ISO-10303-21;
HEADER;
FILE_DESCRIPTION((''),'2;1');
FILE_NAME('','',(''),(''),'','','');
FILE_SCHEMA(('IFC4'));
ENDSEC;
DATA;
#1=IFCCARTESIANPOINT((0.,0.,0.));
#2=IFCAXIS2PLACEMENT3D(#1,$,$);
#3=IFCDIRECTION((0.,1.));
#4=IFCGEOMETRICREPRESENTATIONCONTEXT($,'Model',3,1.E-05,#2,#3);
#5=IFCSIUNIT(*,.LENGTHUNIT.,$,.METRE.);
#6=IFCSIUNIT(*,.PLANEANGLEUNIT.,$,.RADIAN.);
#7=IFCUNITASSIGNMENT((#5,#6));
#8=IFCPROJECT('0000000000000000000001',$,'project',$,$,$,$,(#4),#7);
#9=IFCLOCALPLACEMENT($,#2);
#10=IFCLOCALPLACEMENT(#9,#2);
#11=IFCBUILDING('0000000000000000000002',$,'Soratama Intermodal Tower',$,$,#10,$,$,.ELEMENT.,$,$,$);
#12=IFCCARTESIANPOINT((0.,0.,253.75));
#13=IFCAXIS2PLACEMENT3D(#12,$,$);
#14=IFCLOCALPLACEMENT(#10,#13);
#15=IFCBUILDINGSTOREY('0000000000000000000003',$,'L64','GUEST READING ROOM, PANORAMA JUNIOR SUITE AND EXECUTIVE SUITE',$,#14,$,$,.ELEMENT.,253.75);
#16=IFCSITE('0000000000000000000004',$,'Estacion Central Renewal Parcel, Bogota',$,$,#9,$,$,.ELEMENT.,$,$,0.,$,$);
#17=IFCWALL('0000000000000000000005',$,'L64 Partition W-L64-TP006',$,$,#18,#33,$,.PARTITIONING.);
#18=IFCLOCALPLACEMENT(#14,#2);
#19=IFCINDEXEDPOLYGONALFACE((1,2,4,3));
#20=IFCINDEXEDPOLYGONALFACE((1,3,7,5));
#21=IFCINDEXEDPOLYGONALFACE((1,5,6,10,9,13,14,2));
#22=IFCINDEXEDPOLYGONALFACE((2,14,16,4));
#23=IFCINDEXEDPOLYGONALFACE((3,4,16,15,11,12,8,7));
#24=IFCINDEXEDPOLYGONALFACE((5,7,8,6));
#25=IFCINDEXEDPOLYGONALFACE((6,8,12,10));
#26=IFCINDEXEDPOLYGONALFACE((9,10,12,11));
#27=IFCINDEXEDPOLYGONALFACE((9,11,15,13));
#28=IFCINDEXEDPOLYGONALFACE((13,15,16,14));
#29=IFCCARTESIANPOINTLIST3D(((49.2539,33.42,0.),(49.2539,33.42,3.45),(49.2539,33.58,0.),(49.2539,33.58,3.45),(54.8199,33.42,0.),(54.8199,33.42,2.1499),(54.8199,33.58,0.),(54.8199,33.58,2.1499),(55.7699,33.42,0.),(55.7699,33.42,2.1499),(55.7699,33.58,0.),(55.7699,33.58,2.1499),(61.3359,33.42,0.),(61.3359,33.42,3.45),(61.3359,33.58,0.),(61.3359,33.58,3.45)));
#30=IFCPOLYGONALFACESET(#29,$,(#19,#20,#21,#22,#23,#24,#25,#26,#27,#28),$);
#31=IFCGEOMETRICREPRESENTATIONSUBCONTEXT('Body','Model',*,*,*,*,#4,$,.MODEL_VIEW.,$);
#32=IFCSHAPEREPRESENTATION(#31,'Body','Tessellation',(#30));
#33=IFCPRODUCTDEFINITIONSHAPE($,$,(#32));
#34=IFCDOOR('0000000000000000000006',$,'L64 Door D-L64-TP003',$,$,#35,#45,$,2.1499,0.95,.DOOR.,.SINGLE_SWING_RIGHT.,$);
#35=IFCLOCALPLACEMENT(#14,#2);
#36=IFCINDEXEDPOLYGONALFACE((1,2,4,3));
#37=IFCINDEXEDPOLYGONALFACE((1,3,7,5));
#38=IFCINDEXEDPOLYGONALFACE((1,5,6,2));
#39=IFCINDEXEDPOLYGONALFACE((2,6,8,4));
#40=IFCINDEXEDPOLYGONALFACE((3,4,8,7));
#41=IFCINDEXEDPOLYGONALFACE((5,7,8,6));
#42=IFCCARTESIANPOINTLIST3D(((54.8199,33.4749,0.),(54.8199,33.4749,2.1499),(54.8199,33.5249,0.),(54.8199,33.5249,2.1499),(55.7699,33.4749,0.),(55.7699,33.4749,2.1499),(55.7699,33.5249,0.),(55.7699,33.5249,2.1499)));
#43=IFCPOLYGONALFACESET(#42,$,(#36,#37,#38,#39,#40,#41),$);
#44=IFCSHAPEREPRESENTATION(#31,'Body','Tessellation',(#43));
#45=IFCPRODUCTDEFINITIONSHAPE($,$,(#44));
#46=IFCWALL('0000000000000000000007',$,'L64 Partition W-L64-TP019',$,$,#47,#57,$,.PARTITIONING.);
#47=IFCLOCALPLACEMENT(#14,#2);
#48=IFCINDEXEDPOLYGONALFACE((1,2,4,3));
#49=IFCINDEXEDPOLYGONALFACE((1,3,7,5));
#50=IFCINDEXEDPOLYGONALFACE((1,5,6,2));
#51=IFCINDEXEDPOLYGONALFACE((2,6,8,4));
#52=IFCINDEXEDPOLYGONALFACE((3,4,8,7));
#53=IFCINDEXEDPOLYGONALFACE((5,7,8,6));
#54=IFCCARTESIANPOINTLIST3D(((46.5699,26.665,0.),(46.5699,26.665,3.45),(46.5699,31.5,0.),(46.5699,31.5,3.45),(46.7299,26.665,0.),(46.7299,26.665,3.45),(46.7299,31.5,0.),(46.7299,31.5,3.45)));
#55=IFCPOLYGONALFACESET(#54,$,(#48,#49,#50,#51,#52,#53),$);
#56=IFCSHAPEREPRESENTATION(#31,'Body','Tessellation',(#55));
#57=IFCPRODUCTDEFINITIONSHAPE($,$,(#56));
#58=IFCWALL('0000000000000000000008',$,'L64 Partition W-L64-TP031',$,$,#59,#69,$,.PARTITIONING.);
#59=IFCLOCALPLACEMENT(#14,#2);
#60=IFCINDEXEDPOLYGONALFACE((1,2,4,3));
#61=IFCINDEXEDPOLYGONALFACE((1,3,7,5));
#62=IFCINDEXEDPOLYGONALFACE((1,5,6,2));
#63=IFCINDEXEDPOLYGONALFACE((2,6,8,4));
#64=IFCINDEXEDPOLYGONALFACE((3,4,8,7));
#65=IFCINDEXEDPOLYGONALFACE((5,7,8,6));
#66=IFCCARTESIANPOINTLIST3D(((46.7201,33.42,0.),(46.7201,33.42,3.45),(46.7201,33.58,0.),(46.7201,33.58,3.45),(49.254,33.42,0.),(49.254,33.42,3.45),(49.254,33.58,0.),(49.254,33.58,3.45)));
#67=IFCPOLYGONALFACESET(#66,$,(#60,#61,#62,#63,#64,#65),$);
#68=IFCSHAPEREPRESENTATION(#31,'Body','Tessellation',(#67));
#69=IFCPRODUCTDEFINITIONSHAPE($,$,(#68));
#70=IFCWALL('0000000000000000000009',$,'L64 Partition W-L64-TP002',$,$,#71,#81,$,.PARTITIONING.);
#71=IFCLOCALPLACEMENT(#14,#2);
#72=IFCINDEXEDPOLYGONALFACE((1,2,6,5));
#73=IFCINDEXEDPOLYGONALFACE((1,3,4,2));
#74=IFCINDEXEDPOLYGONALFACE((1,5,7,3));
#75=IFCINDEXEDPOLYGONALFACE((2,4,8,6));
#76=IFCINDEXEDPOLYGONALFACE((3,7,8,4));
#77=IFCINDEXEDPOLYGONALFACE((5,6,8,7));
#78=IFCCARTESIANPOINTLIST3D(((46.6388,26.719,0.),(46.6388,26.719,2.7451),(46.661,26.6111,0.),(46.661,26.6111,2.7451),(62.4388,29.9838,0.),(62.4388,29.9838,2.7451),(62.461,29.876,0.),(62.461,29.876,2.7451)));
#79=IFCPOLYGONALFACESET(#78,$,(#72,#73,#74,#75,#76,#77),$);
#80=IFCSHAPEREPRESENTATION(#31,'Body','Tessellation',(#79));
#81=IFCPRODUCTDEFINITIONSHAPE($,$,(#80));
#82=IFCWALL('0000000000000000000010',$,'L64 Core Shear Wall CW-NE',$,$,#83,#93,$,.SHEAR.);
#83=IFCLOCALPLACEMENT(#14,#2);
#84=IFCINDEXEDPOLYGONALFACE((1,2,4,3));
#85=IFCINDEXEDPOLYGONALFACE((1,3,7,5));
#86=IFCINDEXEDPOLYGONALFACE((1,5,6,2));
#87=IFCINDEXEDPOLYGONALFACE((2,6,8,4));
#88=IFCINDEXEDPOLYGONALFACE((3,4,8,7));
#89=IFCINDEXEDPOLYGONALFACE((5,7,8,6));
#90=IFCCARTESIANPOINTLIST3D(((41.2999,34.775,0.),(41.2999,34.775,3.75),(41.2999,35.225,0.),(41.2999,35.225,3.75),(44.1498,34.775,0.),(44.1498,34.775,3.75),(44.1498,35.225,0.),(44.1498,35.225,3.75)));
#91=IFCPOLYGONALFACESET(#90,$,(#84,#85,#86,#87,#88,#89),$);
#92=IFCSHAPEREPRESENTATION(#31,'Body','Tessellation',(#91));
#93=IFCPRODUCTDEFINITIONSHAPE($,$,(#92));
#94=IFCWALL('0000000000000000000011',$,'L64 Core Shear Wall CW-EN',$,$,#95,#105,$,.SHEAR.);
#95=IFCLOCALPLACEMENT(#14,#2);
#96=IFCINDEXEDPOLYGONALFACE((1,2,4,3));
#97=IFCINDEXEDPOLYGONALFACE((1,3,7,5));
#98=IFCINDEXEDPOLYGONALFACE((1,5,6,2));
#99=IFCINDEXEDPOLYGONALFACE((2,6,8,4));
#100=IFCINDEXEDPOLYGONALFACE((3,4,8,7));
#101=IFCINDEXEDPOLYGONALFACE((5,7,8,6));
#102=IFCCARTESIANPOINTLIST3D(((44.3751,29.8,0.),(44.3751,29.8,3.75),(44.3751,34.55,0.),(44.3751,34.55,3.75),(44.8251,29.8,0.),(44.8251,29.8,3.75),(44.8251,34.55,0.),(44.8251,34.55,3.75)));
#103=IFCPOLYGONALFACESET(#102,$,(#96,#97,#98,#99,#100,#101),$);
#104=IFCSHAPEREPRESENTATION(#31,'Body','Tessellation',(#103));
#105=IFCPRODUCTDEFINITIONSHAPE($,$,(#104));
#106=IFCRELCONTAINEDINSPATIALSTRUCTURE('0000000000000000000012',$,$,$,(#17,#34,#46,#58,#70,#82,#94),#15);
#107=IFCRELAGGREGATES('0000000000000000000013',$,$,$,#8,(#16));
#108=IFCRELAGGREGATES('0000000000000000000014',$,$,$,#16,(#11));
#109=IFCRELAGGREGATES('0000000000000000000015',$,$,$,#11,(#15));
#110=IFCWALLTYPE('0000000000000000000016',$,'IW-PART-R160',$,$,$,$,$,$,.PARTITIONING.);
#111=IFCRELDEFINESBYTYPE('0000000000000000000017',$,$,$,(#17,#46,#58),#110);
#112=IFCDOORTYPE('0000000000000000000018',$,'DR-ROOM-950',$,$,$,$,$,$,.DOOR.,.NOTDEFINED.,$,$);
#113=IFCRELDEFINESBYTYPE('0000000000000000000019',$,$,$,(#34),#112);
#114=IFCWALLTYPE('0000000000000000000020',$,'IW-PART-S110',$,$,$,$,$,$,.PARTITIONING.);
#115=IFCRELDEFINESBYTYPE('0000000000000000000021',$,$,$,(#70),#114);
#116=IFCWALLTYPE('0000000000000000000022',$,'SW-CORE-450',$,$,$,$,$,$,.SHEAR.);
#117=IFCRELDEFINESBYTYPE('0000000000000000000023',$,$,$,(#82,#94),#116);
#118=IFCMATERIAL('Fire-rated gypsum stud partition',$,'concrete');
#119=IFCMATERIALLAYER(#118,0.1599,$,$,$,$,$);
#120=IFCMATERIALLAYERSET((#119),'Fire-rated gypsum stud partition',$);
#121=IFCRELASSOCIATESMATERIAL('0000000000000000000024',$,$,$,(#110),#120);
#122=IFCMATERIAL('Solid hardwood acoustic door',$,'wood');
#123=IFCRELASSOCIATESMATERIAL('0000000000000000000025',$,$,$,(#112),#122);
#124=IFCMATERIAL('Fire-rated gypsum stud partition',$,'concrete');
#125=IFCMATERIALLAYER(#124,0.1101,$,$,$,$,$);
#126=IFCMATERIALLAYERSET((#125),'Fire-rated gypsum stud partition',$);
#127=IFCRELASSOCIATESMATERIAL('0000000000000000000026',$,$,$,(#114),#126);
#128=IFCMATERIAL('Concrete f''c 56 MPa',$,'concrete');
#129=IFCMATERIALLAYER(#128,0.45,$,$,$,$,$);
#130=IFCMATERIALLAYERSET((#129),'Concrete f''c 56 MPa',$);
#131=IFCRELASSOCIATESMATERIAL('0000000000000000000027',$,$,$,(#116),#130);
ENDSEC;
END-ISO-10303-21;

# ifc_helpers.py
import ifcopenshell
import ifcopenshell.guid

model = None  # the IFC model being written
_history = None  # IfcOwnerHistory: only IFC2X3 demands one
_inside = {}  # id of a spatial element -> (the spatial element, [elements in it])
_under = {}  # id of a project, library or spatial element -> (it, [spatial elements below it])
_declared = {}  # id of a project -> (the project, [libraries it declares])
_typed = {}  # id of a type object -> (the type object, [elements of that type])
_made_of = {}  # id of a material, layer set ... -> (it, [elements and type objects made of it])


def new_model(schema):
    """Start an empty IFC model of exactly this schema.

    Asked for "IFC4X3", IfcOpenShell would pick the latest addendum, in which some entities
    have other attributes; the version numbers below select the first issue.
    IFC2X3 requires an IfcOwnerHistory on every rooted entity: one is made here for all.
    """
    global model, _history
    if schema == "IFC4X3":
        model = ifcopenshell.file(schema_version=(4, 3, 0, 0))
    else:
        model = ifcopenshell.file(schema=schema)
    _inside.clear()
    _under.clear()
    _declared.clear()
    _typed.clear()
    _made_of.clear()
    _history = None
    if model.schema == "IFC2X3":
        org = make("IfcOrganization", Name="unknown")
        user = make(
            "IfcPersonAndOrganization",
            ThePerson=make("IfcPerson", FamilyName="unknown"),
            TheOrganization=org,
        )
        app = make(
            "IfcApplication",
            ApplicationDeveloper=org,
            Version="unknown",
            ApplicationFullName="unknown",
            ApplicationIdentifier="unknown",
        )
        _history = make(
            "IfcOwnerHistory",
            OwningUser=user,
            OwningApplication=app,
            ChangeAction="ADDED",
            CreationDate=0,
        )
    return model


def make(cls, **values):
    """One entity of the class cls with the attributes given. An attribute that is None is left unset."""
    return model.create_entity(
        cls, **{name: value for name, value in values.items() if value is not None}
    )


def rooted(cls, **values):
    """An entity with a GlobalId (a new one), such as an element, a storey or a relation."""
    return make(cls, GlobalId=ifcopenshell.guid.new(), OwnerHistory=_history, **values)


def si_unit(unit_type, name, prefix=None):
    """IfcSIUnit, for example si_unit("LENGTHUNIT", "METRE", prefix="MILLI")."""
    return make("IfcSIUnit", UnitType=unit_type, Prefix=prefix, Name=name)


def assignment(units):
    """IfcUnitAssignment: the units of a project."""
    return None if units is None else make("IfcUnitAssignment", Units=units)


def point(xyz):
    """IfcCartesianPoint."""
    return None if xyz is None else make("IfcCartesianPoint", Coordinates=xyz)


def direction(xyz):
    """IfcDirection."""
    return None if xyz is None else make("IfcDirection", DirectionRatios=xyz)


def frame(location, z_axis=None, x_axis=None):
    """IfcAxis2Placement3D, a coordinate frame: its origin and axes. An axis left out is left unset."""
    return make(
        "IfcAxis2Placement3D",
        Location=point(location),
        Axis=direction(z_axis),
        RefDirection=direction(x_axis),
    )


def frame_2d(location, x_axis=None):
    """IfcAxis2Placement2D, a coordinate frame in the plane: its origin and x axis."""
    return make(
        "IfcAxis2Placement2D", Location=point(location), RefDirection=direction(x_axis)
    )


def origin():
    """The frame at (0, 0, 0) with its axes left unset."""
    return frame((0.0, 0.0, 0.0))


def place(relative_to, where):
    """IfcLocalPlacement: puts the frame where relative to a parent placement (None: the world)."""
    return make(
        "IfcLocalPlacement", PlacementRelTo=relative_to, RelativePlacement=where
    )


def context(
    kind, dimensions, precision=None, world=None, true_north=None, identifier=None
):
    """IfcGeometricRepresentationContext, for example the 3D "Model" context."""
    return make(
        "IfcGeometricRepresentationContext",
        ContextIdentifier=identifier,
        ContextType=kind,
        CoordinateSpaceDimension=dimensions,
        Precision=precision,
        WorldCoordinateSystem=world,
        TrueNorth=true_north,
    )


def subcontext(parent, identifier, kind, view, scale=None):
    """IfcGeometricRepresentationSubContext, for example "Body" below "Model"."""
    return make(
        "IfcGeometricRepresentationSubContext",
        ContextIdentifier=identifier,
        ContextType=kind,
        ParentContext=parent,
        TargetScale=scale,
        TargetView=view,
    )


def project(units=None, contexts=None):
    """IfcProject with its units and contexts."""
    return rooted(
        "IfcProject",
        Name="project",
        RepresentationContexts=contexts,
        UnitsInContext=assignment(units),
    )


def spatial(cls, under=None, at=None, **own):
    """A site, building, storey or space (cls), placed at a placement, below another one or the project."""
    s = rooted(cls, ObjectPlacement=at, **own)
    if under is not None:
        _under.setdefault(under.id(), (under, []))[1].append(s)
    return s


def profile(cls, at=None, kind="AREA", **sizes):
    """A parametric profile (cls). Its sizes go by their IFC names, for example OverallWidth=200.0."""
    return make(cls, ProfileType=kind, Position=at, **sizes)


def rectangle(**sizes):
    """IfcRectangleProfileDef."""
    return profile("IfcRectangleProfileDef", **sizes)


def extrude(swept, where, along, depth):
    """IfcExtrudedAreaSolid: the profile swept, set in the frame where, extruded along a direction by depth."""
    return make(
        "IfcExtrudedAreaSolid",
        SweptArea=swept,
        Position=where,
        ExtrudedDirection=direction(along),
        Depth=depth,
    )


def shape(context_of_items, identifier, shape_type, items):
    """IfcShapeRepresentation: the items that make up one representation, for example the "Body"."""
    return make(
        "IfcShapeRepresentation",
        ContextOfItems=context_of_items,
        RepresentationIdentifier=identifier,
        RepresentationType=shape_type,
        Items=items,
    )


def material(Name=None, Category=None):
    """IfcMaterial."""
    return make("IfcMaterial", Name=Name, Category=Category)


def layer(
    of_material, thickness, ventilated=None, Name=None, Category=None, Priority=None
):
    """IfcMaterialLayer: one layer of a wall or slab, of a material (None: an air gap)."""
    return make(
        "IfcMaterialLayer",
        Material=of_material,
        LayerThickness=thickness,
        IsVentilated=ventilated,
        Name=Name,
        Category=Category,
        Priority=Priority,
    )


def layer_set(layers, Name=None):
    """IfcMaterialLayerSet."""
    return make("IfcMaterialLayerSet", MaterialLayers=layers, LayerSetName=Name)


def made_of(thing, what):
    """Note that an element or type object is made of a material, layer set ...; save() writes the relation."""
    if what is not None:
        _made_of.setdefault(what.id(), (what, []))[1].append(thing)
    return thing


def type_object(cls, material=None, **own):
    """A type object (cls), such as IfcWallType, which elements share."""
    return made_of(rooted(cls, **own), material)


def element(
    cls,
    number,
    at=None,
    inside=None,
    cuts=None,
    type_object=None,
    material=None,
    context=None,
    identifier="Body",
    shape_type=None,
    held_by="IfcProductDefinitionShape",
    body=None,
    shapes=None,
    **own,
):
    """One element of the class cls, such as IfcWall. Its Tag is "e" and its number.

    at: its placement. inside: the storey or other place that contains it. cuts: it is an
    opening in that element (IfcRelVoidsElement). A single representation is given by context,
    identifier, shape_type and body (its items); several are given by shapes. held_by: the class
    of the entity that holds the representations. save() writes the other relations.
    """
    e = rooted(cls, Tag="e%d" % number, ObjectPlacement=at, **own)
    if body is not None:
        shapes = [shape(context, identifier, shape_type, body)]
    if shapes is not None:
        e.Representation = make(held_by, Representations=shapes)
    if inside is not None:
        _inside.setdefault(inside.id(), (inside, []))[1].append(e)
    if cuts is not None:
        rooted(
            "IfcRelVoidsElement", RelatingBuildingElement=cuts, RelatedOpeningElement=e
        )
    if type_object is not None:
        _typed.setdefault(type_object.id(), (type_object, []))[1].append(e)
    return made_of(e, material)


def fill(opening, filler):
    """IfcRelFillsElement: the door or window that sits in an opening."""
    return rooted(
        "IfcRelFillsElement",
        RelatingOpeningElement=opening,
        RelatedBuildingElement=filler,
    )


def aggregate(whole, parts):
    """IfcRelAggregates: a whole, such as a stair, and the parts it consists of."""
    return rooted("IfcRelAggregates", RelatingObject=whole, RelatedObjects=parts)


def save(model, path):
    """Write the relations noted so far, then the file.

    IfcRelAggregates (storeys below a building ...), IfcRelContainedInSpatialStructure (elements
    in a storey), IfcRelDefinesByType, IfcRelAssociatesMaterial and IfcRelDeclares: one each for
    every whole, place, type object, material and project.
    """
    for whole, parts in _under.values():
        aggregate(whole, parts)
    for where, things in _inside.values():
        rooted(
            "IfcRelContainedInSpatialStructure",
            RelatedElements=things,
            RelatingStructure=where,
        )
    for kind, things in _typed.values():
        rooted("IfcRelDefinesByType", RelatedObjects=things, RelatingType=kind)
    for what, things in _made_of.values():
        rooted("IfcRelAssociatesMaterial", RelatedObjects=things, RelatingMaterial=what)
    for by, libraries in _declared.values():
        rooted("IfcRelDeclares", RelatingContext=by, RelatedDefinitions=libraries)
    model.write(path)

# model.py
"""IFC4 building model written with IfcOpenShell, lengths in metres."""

from ifc_helpers import new_model, si_unit, direction, frame, frame_2d, origin, place, context, subcontext, project, spatial, rectangle, extrude, material, layer, layer_set, type_object, element, fill, save


model = new_model("IFC4")

# Units and contexts
model_context = context("Model", 3, precision=1e-05, world=origin(), true_north=direction((0.0, 1.0)))
body_context = subcontext(model_context, "Body", "Model", "MODEL_VIEW")
ifc_project = project(units=[si_unit("LENGTHUNIT", "METRE"), si_unit("PLANEANGLEUNIT", "RADIAN")], contexts=[model_context])

# Site, building, storey
site_placement = place(None, origin())
site = spatial("IfcSite", under=ifc_project, at=site_placement, Name="Estacion Central Renewal Parcel, Bogota", CompositionType="ELEMENT", RefElevation=0.0)
building_placement = place(site_placement, origin())
building = spatial("IfcBuilding", under=site, at=building_placement, Name="Soratama Intermodal Tower", CompositionType="ELEMENT")
storey_placement = place(building_placement, frame((0.0, 0.0, 253.75)))
storey = spatial("IfcBuildingStorey", under=building, at=storey_placement, Name="L64", Description="GUEST READING ROOM, PANORAMA JUNIOR SUITE AND EXECUTIVE SUITE", CompositionType="ELEMENT", Elevation=253.75)

# Wall, opening, door
ifc_material_1 = material(Name="Fire-rated gypsum stud partition", Category="concrete")
ifc_layer_1 = layer(ifc_material_1, 0.1599)
ifc_layer_set_1 = layer_set([ifc_layer_1], Name="Fire-rated gypsum stud partition")
wall_type_1 = type_object("IfcWallType", Name="IW-PART-R160", PredefinedType="PARTITIONING", material=ifc_layer_set_1)
wall_1_placement = place(storey_placement, frame((49.2539, 33.5, 0.0), z_axis=(0.0, 0.0, 1.0), x_axis=(1.0, 0.0, 0.0)))
wall_1 = element("IfcWall", 1, at=wall_1_placement, inside=storey, type_object=wall_type_1, Name="L64 Partition W-L64-TP006", PredefinedType="PARTITIONING", context=body_context, shape_type="SweptSolid", body=[
    extrude(rectangle(XDim=12.082, YDim=0.1599, at=frame_2d((6.041, 0.0))), origin(), (0.0, 0.0, 1.0), 3.45),
])
opening_1_placement = place(wall_1_placement, frame((5.5659, 0.0, 0.0)))
opening_1 = element("IfcOpeningElement", 2, at=opening_1_placement, cuts=wall_1, PredefinedType="OPENING", context=body_context, shape_type="SweptSolid", body=[
    extrude(rectangle(XDim=0.95, YDim=2.1499, at=frame_2d((0.4751, 1.075))), frame((0.0, 0.0898, 0.0), z_axis=(0.0, -1.0, 0.0), x_axis=(1.0, 0.0, 0.0)), (0.0, 0.0, 1.0), 0.1799),
])
ifc_material_2 = material(Name="Solid hardwood acoustic door", Category="wood")
door_type_1 = type_object("IfcDoorType", Name="DR-ROOM-950", OperationType="NOTDEFINED", PredefinedType="DOOR", material=ifc_material_2)
door_1_placement = place(opening_1_placement, origin())
door_1 = element("IfcDoor", 3, at=door_1_placement, inside=storey, type_object=door_type_1, Name="L64 Door D-L64-TP003", OperationType="SINGLE_SWING_RIGHT", OverallHeight=2.1499, OverallWidth=0.95, PredefinedType="DOOR", context=body_context, shape_type="SweptSolid", body=[
    extrude(rectangle(XDim=0.95, YDim=2.1499, at=frame_2d((0.4751, 1.075))), frame((0.0, 0.0249, 0.0), z_axis=(0.0, -1.0, 0.0), x_axis=(1.0, 0.0, 0.0)), (0.0, 0.0, 1.0), 0.05),
])
fill(opening_1, door_1)

# Walls
wall_2_placement = place(storey_placement, frame((46.6499, 31.5, 0.0), z_axis=(0.0, 0.0, 1.0), x_axis=(0.0, -1.0, 0.0)))
element("IfcWall", 4, at=wall_2_placement, inside=storey, type_object=wall_type_1, Name="L64 Partition W-L64-TP019", PredefinedType="PARTITIONING", context=body_context, shape_type="SweptSolid", body=[
    extrude(rectangle(XDim=4.835, YDim=0.1599, at=frame_2d((2.4175, 0.0))), origin(), (0.0, 0.0, 1.0), 3.45),
])
wall_3_placement = place(storey_placement, frame((46.72, 33.5, 0.0), z_axis=(0.0, 0.0, 1.0), x_axis=(1.0, 0.0, 0.0)))
element("IfcWall", 5, at=wall_3_placement, inside=storey, type_object=wall_type_1, Name="L64 Partition W-L64-TP031", PredefinedType="PARTITIONING", context=body_context, shape_type="SweptSolid", body=[
    extrude(rectangle(XDim=2.5339, YDim=0.1599, at=frame_2d((1.2671, 0.0))), origin(), (0.0, 0.0, 1.0), 3.45),
])

# Walls
ifc_material_3 = material(Name="Fire-rated gypsum stud partition", Category="concrete")
ifc_layer_2 = layer(ifc_material_3, 0.1101)
ifc_layer_set_2 = layer_set([ifc_layer_2], Name="Fire-rated gypsum stud partition")
wall_type_2 = type_object("IfcWallType", Name="IW-PART-S110", PredefinedType="PARTITIONING", material=ifc_layer_set_2)
wall_4_placement = place(storey_placement, frame((46.6499, 26.665, 0.0), z_axis=(0.0, 0.0, 1.0), x_axis=(0.979311, 0.202363, 0.0)))
element("IfcWall", 6, at=wall_4_placement, inside=storey, type_object=wall_type_2, Name="L64 Partition W-L64-TP002", PredefinedType="PARTITIONING", context=body_context, shape_type="SweptSolid", body=[
    extrude(rectangle(XDim=16.1338, YDim=0.1101, at=frame_2d((8.0669, 0.0))), origin(), (0.0, 0.0, 1.0), 2.7451),
])
ifc_material_4 = material(Name="Concrete f'c 56 MPa", Category="concrete")
ifc_layer_3 = layer(ifc_material_4, 0.45)
ifc_layer_set_3 = layer_set([ifc_layer_3], Name="Concrete f'c 56 MPa")
wall_type_3 = type_object("IfcWallType", Name="SW-CORE-450", PredefinedType="SHEAR", material=ifc_layer_set_3)
wall_5_placement = place(storey_placement, frame((41.3, 35.0, 0.0), z_axis=(0.0, 0.0, 1.0), x_axis=(1.0, 0.0, 0.0)))
element("IfcWall", 7, at=wall_5_placement, inside=storey, type_object=wall_type_3, Name="L64 Core Shear Wall CW-NE", PredefinedType="SHEAR", context=body_context, shape_type="SweptSolid", body=[
    extrude(rectangle(XDim=2.8499, YDim=0.45, at=frame_2d((1.4248, 0.0))), origin(), (0.0, 0.0, 1.0), 3.75),
])
wall_6_placement = place(storey_placement, frame((44.6001, 29.8, 0.0), z_axis=(0.0, 0.0, 1.0), x_axis=(0.0, 1.0, 0.0)))
element("IfcWall", 8, at=wall_6_placement, inside=storey, type_object=wall_type_3, Name="L64 Core Shear Wall CW-EN", PredefinedType="SHEAR", context=body_context, shape_type="SweptSolid", body=[
    extrude(rectangle(XDim=4.75, YDim=0.45, at=frame_2d((2.375, 0.0))), origin(), (0.0, 0.0, 1.0), 3.75),
])

save(model, "model.ifc")
